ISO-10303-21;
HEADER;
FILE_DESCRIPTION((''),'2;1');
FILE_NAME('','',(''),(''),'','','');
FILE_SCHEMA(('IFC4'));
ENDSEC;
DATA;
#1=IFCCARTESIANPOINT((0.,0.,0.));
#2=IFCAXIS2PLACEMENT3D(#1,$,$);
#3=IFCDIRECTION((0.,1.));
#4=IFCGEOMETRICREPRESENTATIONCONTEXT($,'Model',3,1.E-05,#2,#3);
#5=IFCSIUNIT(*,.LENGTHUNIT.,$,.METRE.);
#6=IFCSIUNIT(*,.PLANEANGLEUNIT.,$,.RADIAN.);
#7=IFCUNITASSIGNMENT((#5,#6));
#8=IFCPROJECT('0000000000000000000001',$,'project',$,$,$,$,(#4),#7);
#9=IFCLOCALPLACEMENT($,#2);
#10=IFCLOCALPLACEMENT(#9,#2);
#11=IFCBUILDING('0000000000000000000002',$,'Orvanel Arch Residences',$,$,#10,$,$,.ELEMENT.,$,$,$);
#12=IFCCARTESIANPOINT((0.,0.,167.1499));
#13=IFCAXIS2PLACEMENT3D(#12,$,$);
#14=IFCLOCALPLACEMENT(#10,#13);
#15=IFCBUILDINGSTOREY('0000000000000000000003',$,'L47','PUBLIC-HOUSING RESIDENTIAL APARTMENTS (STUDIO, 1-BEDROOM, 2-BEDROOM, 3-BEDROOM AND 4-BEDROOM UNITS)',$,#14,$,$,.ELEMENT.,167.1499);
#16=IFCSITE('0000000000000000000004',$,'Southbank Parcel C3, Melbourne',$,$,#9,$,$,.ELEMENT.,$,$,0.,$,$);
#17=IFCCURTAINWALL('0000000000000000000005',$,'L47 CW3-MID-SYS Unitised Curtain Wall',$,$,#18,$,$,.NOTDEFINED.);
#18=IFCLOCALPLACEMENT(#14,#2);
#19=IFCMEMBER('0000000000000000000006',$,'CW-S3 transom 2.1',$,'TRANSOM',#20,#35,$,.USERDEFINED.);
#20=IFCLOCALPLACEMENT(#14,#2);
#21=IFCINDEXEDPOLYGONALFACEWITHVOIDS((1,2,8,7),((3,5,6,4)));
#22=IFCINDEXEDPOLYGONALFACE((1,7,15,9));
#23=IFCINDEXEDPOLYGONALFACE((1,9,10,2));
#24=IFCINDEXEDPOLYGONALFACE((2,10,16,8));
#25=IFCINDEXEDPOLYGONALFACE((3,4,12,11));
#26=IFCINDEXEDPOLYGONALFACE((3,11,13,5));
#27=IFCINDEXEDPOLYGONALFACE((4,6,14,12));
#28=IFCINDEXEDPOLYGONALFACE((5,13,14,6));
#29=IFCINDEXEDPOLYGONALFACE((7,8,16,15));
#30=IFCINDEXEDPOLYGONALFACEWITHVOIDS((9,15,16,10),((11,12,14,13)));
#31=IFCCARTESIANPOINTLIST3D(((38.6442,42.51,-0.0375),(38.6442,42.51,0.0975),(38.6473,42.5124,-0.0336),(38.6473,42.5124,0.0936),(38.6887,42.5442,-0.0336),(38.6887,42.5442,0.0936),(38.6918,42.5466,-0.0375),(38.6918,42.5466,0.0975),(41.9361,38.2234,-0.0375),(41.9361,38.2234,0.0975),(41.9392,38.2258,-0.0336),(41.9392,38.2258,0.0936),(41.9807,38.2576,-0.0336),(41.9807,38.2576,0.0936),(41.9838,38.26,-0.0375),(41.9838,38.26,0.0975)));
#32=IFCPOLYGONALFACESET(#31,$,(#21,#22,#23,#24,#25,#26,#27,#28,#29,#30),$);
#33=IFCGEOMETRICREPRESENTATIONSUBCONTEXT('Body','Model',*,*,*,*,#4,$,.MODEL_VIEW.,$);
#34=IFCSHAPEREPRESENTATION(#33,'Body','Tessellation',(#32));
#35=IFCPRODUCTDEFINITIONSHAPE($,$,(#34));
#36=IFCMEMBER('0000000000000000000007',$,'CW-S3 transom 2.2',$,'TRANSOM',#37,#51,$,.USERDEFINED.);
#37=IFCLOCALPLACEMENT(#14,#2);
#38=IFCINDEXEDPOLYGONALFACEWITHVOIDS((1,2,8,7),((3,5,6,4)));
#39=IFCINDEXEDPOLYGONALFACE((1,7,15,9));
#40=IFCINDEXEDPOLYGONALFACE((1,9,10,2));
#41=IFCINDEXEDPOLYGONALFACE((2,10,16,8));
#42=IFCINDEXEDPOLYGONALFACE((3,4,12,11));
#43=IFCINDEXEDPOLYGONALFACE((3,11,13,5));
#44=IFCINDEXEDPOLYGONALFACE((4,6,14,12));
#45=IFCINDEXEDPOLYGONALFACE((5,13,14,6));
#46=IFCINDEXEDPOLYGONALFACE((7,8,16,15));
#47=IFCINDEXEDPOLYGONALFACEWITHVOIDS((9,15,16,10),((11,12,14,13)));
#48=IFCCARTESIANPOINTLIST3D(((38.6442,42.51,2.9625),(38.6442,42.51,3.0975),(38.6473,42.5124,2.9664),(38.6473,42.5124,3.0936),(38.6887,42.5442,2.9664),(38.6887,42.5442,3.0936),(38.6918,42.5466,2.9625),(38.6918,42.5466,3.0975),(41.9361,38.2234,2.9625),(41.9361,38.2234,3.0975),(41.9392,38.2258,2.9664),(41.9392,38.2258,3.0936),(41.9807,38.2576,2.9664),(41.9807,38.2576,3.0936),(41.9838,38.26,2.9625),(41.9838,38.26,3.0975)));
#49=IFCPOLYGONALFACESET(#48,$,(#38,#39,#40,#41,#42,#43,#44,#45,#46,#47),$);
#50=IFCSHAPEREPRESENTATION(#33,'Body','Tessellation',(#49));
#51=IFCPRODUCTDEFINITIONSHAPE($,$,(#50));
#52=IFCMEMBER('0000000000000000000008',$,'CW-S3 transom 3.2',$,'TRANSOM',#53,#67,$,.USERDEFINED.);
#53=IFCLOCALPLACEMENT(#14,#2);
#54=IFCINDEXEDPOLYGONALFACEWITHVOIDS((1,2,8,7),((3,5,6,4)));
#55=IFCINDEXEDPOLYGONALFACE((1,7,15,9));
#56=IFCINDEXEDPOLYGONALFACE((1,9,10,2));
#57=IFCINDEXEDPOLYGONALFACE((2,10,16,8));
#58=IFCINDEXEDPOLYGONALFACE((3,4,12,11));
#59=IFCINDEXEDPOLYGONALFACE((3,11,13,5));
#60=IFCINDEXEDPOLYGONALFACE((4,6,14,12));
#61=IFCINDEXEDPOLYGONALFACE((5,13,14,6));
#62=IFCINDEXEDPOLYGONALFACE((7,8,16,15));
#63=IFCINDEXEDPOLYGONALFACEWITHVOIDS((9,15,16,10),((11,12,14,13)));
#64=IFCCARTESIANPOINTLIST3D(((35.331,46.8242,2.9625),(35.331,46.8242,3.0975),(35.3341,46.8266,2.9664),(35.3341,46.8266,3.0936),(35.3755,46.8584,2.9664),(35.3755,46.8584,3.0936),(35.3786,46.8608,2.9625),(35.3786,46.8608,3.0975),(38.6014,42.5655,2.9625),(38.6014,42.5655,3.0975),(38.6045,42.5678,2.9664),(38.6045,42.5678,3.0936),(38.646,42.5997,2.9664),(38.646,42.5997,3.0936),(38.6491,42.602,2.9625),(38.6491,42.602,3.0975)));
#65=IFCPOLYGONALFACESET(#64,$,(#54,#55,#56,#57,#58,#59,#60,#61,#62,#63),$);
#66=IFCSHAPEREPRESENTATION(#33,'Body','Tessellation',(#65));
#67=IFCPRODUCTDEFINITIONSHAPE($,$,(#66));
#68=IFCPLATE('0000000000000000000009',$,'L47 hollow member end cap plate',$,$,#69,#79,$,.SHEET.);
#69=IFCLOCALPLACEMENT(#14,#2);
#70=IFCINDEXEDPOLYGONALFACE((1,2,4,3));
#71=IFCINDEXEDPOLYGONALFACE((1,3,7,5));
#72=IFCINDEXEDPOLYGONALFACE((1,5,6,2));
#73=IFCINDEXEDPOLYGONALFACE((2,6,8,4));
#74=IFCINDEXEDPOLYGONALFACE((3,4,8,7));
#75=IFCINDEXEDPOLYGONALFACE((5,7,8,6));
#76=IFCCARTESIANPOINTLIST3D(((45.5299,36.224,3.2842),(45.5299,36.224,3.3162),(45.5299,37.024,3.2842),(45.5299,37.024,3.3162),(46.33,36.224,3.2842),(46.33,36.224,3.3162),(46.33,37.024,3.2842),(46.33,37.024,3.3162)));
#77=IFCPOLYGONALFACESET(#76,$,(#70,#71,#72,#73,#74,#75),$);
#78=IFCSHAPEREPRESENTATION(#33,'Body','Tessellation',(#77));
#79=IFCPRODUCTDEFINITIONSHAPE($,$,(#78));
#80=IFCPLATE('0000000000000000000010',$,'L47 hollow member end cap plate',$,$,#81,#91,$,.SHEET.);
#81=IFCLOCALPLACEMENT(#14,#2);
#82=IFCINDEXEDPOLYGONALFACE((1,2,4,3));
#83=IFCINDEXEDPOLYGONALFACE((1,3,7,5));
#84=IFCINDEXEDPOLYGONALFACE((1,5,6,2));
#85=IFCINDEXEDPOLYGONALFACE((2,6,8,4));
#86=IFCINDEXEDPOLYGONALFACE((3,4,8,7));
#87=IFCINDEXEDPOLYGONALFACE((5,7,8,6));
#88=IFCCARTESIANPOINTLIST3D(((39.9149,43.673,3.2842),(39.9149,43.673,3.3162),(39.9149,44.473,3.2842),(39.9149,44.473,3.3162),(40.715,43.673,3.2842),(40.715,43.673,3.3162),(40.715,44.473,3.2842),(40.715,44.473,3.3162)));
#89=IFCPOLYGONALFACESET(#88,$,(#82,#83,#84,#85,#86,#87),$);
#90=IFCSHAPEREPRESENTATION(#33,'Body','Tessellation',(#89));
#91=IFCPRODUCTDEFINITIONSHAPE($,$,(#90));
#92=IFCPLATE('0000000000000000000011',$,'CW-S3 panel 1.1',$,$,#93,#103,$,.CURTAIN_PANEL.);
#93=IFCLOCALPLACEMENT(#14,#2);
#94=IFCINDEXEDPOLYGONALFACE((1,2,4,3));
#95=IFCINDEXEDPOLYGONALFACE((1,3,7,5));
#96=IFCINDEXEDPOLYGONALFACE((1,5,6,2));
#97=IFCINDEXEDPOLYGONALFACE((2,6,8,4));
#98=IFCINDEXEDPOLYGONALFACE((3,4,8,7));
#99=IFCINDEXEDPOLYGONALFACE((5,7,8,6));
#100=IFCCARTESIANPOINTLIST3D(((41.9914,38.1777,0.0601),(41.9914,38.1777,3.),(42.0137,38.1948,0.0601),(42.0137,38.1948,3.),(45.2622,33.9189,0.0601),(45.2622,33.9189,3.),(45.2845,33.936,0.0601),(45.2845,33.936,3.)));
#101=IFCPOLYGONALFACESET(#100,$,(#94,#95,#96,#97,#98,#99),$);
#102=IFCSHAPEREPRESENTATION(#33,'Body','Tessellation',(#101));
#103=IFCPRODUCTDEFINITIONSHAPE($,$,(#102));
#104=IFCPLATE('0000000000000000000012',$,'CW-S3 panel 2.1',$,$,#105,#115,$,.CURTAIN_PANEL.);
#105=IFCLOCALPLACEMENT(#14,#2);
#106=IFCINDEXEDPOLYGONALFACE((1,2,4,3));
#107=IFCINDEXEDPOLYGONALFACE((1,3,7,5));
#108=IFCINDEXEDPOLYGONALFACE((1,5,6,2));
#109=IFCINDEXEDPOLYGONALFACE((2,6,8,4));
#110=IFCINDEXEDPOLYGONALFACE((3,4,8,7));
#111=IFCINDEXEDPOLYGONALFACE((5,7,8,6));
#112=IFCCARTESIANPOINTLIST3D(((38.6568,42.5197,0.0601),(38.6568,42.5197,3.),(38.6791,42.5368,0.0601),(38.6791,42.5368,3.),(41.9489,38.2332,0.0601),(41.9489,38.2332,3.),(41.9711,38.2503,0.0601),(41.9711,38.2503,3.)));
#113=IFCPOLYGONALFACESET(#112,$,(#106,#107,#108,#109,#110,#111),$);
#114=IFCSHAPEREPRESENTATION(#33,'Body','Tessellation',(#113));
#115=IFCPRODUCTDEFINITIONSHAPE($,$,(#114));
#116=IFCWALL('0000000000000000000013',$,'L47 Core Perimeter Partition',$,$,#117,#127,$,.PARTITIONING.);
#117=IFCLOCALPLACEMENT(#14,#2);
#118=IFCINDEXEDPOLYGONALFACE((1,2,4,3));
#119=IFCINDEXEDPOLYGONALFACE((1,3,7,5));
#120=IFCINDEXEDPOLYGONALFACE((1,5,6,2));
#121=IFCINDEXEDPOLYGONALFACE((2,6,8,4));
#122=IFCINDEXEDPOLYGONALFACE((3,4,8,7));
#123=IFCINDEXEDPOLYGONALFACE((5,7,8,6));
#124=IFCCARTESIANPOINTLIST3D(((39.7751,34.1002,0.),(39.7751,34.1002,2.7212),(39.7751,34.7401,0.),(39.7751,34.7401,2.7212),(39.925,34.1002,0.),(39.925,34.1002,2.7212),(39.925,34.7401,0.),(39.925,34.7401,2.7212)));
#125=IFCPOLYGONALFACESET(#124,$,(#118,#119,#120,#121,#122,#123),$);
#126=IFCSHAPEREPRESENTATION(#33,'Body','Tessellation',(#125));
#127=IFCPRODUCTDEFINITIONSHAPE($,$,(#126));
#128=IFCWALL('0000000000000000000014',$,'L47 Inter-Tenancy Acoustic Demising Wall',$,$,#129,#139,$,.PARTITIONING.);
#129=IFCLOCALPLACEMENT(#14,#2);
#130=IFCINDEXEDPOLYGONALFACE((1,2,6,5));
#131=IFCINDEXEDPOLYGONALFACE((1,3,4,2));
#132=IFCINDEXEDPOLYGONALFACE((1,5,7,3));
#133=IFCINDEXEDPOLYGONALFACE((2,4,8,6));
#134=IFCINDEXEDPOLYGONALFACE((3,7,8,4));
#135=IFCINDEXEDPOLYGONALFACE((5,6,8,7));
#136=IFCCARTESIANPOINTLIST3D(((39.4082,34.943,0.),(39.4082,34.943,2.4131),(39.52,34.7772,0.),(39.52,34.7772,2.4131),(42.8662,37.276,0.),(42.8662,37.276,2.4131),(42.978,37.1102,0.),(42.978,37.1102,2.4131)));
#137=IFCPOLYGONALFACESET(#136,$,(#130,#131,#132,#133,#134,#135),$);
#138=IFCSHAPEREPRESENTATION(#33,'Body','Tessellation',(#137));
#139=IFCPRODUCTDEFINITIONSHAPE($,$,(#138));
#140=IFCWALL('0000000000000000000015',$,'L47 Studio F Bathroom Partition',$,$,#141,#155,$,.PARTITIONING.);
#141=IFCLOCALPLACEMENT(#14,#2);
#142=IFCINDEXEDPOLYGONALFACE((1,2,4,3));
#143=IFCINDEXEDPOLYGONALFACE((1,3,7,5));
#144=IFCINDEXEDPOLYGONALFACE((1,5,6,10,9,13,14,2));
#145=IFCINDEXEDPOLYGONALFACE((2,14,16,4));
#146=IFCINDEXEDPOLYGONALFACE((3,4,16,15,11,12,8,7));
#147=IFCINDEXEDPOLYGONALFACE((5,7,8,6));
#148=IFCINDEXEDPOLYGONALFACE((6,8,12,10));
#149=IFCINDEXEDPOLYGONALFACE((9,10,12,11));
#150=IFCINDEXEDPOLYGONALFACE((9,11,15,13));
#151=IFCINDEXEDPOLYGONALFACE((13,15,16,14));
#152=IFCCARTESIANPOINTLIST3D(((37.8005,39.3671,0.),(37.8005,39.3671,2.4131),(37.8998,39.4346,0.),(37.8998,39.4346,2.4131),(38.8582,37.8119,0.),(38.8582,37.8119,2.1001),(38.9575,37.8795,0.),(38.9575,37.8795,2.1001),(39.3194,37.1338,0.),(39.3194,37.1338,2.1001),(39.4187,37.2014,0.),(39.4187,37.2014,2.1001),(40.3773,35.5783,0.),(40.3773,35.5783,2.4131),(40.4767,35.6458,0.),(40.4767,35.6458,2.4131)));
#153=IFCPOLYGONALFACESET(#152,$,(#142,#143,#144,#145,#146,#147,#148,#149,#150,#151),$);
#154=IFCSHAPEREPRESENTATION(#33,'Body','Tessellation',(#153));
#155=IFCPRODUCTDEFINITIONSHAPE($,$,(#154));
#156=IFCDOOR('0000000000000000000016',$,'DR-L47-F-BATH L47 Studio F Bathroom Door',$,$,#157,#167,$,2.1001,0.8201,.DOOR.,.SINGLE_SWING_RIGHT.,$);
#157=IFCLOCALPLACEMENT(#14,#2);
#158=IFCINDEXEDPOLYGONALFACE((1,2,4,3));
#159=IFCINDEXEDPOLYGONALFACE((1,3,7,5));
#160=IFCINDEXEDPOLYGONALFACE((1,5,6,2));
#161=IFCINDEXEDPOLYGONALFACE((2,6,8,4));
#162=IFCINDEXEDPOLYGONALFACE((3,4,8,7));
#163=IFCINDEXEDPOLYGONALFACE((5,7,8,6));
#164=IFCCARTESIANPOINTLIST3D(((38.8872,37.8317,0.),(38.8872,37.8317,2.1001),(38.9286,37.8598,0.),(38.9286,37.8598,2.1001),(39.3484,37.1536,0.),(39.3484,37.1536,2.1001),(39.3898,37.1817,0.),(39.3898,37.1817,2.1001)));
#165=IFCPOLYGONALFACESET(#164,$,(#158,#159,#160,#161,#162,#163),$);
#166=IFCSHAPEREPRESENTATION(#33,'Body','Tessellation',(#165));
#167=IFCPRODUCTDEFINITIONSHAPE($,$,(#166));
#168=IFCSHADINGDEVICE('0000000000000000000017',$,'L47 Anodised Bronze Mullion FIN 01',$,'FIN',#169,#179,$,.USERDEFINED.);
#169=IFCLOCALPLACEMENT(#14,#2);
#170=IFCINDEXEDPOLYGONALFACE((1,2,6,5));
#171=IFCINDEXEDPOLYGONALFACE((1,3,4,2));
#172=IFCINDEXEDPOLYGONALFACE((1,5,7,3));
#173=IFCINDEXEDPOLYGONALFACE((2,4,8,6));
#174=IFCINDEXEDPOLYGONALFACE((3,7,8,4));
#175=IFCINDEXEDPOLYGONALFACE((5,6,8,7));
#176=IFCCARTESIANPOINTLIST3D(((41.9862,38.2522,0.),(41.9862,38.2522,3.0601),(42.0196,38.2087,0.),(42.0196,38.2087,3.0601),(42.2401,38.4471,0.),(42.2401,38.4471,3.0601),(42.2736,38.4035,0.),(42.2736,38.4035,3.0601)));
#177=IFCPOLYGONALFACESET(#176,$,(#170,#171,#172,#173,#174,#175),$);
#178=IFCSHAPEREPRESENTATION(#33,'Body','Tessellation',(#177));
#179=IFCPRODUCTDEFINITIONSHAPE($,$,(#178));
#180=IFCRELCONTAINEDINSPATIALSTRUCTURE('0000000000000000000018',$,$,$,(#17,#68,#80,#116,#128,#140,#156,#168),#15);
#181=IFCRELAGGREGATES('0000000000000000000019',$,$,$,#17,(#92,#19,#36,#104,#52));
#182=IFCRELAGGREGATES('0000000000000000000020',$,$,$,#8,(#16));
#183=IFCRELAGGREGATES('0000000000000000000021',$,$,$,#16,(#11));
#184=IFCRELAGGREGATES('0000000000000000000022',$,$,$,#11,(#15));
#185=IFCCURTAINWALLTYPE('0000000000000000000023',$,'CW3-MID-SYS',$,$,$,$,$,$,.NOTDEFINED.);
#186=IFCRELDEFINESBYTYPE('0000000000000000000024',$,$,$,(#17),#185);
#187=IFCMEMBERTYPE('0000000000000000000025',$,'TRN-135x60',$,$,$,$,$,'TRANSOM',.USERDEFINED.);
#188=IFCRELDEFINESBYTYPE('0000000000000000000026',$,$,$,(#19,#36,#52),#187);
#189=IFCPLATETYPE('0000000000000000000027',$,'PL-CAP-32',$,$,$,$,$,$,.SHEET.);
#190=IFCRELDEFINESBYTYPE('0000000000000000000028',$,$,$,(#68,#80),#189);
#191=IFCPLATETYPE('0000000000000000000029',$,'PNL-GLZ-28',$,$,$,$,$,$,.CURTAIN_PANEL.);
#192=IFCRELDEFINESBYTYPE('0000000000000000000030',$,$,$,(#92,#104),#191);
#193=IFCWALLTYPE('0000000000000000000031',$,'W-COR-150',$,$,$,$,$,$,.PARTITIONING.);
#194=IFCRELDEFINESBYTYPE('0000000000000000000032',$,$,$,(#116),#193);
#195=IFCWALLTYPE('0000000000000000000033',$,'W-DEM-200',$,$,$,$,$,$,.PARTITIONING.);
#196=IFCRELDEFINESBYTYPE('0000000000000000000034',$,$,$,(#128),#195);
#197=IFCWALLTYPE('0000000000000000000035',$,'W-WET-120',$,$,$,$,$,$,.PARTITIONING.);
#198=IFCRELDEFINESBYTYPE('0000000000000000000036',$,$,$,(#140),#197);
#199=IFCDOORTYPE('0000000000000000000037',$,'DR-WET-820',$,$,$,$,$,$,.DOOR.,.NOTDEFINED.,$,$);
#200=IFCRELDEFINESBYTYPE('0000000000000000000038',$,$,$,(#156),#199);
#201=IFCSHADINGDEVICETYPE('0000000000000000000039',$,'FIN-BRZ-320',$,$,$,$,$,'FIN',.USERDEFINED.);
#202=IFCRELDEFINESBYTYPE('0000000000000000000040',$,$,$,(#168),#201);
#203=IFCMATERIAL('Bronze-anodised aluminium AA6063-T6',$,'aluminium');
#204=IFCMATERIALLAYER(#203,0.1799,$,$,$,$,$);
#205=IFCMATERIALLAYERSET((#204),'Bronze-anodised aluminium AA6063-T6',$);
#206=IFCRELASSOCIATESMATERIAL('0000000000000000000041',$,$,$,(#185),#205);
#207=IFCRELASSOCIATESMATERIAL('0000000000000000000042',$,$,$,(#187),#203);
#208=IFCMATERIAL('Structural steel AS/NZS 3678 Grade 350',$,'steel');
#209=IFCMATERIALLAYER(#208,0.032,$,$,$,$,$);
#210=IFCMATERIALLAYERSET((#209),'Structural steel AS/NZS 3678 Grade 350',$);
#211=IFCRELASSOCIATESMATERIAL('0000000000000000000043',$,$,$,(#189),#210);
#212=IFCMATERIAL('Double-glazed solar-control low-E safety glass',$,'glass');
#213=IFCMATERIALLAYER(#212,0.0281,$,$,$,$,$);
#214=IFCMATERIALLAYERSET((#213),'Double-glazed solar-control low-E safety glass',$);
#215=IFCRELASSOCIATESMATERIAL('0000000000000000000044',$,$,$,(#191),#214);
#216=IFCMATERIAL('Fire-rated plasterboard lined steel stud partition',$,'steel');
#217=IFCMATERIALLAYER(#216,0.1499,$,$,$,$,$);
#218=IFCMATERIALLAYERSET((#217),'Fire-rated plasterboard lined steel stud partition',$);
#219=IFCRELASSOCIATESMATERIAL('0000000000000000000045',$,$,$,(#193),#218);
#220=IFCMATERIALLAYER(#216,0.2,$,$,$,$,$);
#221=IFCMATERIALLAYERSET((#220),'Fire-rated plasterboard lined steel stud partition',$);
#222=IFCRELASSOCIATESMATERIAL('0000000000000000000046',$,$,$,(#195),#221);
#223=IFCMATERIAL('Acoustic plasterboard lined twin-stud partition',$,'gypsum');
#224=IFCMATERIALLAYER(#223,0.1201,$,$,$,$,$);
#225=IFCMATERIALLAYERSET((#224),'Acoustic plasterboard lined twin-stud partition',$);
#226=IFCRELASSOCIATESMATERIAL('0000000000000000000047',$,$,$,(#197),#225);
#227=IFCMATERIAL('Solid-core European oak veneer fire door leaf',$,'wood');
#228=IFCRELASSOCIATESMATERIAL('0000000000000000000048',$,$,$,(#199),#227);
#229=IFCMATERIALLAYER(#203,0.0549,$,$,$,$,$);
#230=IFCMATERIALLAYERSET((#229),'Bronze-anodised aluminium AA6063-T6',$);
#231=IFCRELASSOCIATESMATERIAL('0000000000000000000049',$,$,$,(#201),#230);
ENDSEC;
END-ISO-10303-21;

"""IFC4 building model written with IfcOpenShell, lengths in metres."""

from ifc_helpers import new_model, si_unit, direction, frame, frame_2d, origin, origin_2d, place, context, subcontext, project, spatial, rectangle, hollow_rectangle, extrude, material, layer, layer_set, material_profile, profile_set, type_object, element, fill, aggregate, save


model = new_model("IFC4")

# Units and contexts
model_context = context("Model", 3, precision=1e-05, world=origin(), true_north=direction((0.0, 1.0)))
body_context = subcontext(model_context, "Body", "Model", "MODEL_VIEW")
ifc_project = project(units=[si_unit("LENGTHUNIT", "METRE"), si_unit("PLANEANGLEUNIT", "RADIAN")], contexts=[model_context])

# Site, building, storey
site_placement = place(None, origin())
site = spatial("IfcSite", under=ifc_project, at=site_placement, Name="Southbank Parcel C3, Melbourne", CompositionType="ELEMENT", RefElevation=0.0)
building_placement = place(site_placement, origin())
building = spatial("IfcBuilding", under=site, at=building_placement, Name="Orvanel Arch Residences", CompositionType="ELEMENT")
storey_placement = place(building_placement, frame((0.0, 0.0, 167.1499)))
storey = spatial("IfcBuildingStorey", under=building, at=storey_placement, Name="L47", Description="PUBLIC-HOUSING RESIDENTIAL APARTMENTS (STUDIO, 1-BEDROOM, 2-BEDROOM, 3-BEDROOM AND 4-BEDROOM UNITS)", CompositionType="ELEMENT", Elevation=167.1499)

# Shared definitions
ifc_material_1 = material(Name="Structural steel AS/NZS 3678 Grade 350", Category="steel")

# Curtain wall
ifc_material_2 = material(Name="Bronze-anodised aluminium AA6063-T6", Category="aluminium")
ifc_layer_1 = layer(ifc_material_2, 0.1799)
ifc_layer_set_1 = layer_set([ifc_layer_1], Name="Bronze-anodised aluminium AA6063-T6")
curtain_wall_type = type_object("IfcCurtainWallType", Name="CW3-MID-SYS", PredefinedType="NOTDEFINED", material=ifc_layer_set_1)
curtain_wall_placement = place(storey_placement, origin())
curtain_wall = element("IfcCurtainWall", 1, at=curtain_wall_placement, inside=storey, type_object=curtain_wall_type, Name="L47 CW3-MID-SYS Unitised Curtain Wall", PredefinedType="NOTDEFINED")

# Members
ifc_material_profile_1 = material_profile(ifc_material_2, hollow_rectangle(XDim=0.0601, YDim=0.135, WallThickness=0.0039, at=origin_2d()), Name="ALU135x60x4")
ifc_profile_set_1 = profile_set([ifc_material_profile_1], Name="Bronze-anodised aluminium AA6063-T6")
member_type_1 = type_object("IfcMemberType", Name="TRN-135x60", ElementType="TRANSOM", PredefinedType="USERDEFINED", material=ifc_profile_set_1)
member_1_placement = place(storey_placement, frame((41.96, 38.2417, 0.03), z_axis=(-0.609082, 0.793107, 0.0), x_axis=(-0.793107, -0.609082, 0.0)))
member_1 = element("IfcMember", 2, at=member_1_placement, type_object=member_type_1, Name="CW-S3 transom 2.1", ObjectType="TRANSOM", PredefinedType="USERDEFINED", context=body_context, shape_type="SweptSolid", body=[
    extrude(hollow_rectangle(XDim=0.0601, YDim=0.135, WallThickness=0.0039, at=origin_2d()), origin(), (0.0, 0.0, 1.0), 5.4048),
])
member_2_placement = place(storey_placement, frame((41.96, 38.2417, 3.03), z_axis=(-0.609082, 0.793107, 0.0), x_axis=(-0.793107, -0.609082, 0.0)))
member_2 = element("IfcMember", 3, at=member_2_placement, type_object=member_type_1, Name="CW-S3 transom 2.2", ObjectType="TRANSOM", PredefinedType="USERDEFINED", context=body_context, shape_type="SweptSolid", body=[
    extrude(hollow_rectangle(XDim=0.0601, YDim=0.135, WallThickness=0.0039, at=origin_2d()), origin(), (0.0, 0.0, 1.0), 5.4048),
])
member_3_placement = place(storey_placement, frame((38.6252, 42.5837, 3.03), z_axis=(-0.609069, 0.793117, 0.0), x_axis=(-0.793117, -0.609069, 0.0)))
member_3 = element("IfcMember", 4, at=member_3_placement, type_object=member_type_1, Name="CW-S3 transom 3.2", ObjectType="TRANSOM", PredefinedType="USERDEFINED", context=body_context, shape_type="SweptSolid", body=[
    extrude(hollow_rectangle(XDim=0.0601, YDim=0.135, WallThickness=0.0039, at=origin_2d()), origin(), (0.0, 0.0, 1.0), 5.3696),
])

# Plates
ifc_layer_2 = layer(ifc_material_1, 0.032)
ifc_layer_set_2 = layer_set([ifc_layer_2], Name="Structural steel AS/NZS 3678 Grade 350")
plate_type_1 = type_object("IfcPlateType", Name="PL-CAP-32", PredefinedType="SHEET", material=ifc_layer_set_2)
for number, where, z_axis, x_axis, name in (
    (5, (45.9299, 36.624, 3.2842), (0.0, 0.0, 1.0), (1.0, 0.0, 0.0), "L47 hollow member end cap plate"),
    (6, (40.3149, 44.073, 3.2842), (0.0, 0.0, 1.0), (1.0, 0.0, 0.0), "L47 hollow member end cap plate"),
):
    element("IfcPlate", number, at=place(storey_placement, frame(where, z_axis=z_axis, x_axis=x_axis)), inside=storey, type_object=plate_type_1, Name=name, PredefinedType="SHEET", context=body_context, shape_type="SweptSolid", body=[
        extrude(rectangle(XDim=0.8, YDim=0.8, at=origin_2d()), origin(), (0.0, 0.0, 1.0), 0.032),
    ])

# Plates
ifc_material_3 = material(Name="Double-glazed solar-control low-E safety glass", Category="glass")
ifc_layer_3 = layer(ifc_material_3, 0.0281)
ifc_layer_set_3 = layer_set([ifc_layer_3], Name="Double-glazed solar-control low-E safety glass")
plate_type_2 = type_object("IfcPlateType", Name="PNL-GLZ-28", PredefinedType="CURTAIN_PANEL", material=ifc_layer_set_3)
plate_1_placement = place(storey_placement, frame((43.6379, 36.0569, 0.0601), z_axis=(0.0, 0.0, 1.0), x_axis=(-0.609099, 0.793095, 0.0)))
plate_1 = element("IfcPlate", 7, at=plate_1_placement, type_object=plate_type_2, Name="CW-S3 panel 1.1", PredefinedType="CURTAIN_PANEL", context=body_context, shape_type="SweptSolid", body=[
    extrude(rectangle(XDim=5.3699, YDim=0.0281, at=origin_2d()), origin(), (0.0, 0.0, 1.0), 2.9399),
])
plate_2_placement = place(storey_placement, frame((40.314, 40.385, 0.0601), z_axis=(0.0, 0.0, 1.0), x_axis=(-0.609099, 0.793095, 0.0)))
plate_2 = element("IfcPlate", 8, at=plate_2_placement, type_object=plate_type_2, Name="CW-S3 panel 2.1", PredefinedType="CURTAIN_PANEL", context=body_context, shape_type="SweptSolid", body=[
    extrude(rectangle(XDim=5.4048, YDim=0.0281, at=origin_2d()), origin(), (0.0, 0.0, 1.0), 2.9399),
])
aggregate(curtain_wall, [plate_1, member_1, member_2, plate_2, member_3])

# Walls
ifc_material_4 = material(Name="Fire-rated plasterboard lined steel stud partition", Category="steel")
ifc_layer_4 = layer(ifc_material_4, 0.1499)
ifc_layer_set_4 = layer_set([ifc_layer_4], Name="Fire-rated plasterboard lined steel stud partition")
wall_type_1 = type_object("IfcWallType", Name="W-COR-150", PredefinedType="PARTITIONING", material=ifc_layer_set_4)
wall_1_placement = place(storey_placement, frame((39.8501, 34.74, 0.0), z_axis=(0.0, 0.0, 1.0), x_axis=(0.0, -1.0, 0.0)))
element("IfcWall", 9, at=wall_1_placement, inside=storey, type_object=wall_type_1, Name="L47 Core Perimeter Partition", PredefinedType="PARTITIONING", context=body_context, shape_type="SweptSolid", body=[
    extrude(rectangle(XDim=0.6399, YDim=0.1499, at=frame_2d((0.3198, 0.0))), origin(), (0.0, 0.0, 1.0), 2.7212),
])
ifc_layer_5 = layer(ifc_material_4, 0.2)
ifc_layer_set_5 = layer_set([ifc_layer_5], Name="Fire-rated plasterboard lined steel stud partition")
wall_type_2 = type_object("IfcWallType", Name="W-DEM-200", PredefinedType="PARTITIONING", material=ifc_layer_set_5)
wall_2_placement = place(storey_placement, frame((39.4641, 34.8601, 0.0), z_axis=(0.0, 0.0, 1.0), x_axis=(0.828976, 0.559284, 0.0)))
element("IfcWall", 10, at=wall_2_placement, inside=storey, type_object=wall_type_2, Name="L47 Inter-Tenancy Acoustic Demising Wall", PredefinedType="PARTITIONING", context=body_context, shape_type="SweptSolid", body=[
    extrude(rectangle(XDim=4.1714, YDim=0.2, at=frame_2d((2.0857, 0.0))), origin(), (0.0, 0.0, 1.0), 2.4131),
])

# Wall, opening, door
ifc_material_5 = material(Name="Acoustic plasterboard lined twin-stud partition", Category="gypsum")
ifc_layer_6 = layer(ifc_material_5, 0.1201)
ifc_layer_set_6 = layer_set([ifc_layer_6], Name="Acoustic plasterboard lined twin-stud partition")
wall_type_3 = type_object("IfcWallType", Name="W-WET-120", PredefinedType="PARTITIONING", material=ifc_layer_set_6)
wall_3_placement = place(storey_placement, frame((40.427, 35.6121, 0.0), z_axis=(0.0, 0.0, 1.0), x_axis=(-0.562386, 0.826875, 0.0)))
wall_3 = element("IfcWall", 11, at=wall_3_placement, inside=storey, type_object=wall_type_3, Name="L47 Studio F Bathroom Partition", PredefinedType="PARTITIONING", context=body_context, shape_type="SweptSolid", body=[
    extrude(rectangle(XDim=4.582, YDim=0.1201, at=frame_2d((2.291, 0.0))), origin(), (0.0, 0.0, 1.0), 2.4131),
])
opening_placement = place(wall_3_placement, frame((1.8811, 0.0, 0.0)))
opening = element("IfcOpeningElement", 12, at=opening_placement, cuts=wall_3, PredefinedType="OPENING", context=body_context, shape_type="SweptSolid", body=[
    extrude(rectangle(XDim=0.8201, YDim=2.1001, at=frame_2d((0.4102, 1.05))), frame((0.0, 0.0701, 0.0), z_axis=(0.0, -1.0, 0.0), x_axis=(1.0, 0.0, 0.0)), (0.0, 0.0, 1.0), 0.1401),
])
ifc_material_6 = material(Name="Solid-core European oak veneer fire door leaf", Category="wood")
door_type = type_object("IfcDoorType", Name="DR-WET-820", OperationType="NOTDEFINED", PredefinedType="DOOR", material=ifc_material_6)
door_placement = place(opening_placement, origin())
door = element("IfcDoor", 13, at=door_placement, inside=storey, type_object=door_type, Name="DR-L47-F-BATH L47 Studio F Bathroom Door", OperationType="SINGLE_SWING_RIGHT", OverallHeight=2.1001, OverallWidth=0.8201, PredefinedType="DOOR", context=body_context, shape_type="SweptSolid", body=[
    extrude(rectangle(XDim=0.8201, YDim=2.1001, at=frame_2d((0.4102, 1.05))), frame((0.0, 0.0249, 0.0), z_axis=(0.0, -1.0, 0.0), x_axis=(1.0, 0.0, 0.0)), (0.0, 0.0, 1.0), 0.05),
])
fill(opening, door)

# Shading device
ifc_layer_7 = layer(ifc_material_2, 0.0549)
ifc_layer_set_7 = layer_set([ifc_layer_7], Name="Bronze-anodised aluminium AA6063-T6")
shading_device_type = type_object("IfcShadingDeviceType", Name="FIN-BRZ-320", ElementType="FIN", PredefinedType="USERDEFINED", material=ifc_layer_set_7)
for number, where, z_axis, x_axis, name in (
    (14, (42.1299, 38.3279, 0.0), (0.0, 0.0, 1.0), (0.793353, 0.608761, 0.0), "L47 Anodised Bronze Mullion FIN 01"),
):
    element("IfcShadingDevice", number, at=place(storey_placement, frame(where, z_axis=z_axis, x_axis=x_axis)), inside=storey, type_object=shading_device_type, Name=name, ObjectType="FIN", PredefinedType="USERDEFINED", context=body_context, shape_type="SweptSolid", body=[
        extrude(rectangle(XDim=0.3201, YDim=0.0549, at=origin_2d()), origin(), (0.0, 0.0, 1.0), 3.0601),
    ])

save(model, "model.ifc")
